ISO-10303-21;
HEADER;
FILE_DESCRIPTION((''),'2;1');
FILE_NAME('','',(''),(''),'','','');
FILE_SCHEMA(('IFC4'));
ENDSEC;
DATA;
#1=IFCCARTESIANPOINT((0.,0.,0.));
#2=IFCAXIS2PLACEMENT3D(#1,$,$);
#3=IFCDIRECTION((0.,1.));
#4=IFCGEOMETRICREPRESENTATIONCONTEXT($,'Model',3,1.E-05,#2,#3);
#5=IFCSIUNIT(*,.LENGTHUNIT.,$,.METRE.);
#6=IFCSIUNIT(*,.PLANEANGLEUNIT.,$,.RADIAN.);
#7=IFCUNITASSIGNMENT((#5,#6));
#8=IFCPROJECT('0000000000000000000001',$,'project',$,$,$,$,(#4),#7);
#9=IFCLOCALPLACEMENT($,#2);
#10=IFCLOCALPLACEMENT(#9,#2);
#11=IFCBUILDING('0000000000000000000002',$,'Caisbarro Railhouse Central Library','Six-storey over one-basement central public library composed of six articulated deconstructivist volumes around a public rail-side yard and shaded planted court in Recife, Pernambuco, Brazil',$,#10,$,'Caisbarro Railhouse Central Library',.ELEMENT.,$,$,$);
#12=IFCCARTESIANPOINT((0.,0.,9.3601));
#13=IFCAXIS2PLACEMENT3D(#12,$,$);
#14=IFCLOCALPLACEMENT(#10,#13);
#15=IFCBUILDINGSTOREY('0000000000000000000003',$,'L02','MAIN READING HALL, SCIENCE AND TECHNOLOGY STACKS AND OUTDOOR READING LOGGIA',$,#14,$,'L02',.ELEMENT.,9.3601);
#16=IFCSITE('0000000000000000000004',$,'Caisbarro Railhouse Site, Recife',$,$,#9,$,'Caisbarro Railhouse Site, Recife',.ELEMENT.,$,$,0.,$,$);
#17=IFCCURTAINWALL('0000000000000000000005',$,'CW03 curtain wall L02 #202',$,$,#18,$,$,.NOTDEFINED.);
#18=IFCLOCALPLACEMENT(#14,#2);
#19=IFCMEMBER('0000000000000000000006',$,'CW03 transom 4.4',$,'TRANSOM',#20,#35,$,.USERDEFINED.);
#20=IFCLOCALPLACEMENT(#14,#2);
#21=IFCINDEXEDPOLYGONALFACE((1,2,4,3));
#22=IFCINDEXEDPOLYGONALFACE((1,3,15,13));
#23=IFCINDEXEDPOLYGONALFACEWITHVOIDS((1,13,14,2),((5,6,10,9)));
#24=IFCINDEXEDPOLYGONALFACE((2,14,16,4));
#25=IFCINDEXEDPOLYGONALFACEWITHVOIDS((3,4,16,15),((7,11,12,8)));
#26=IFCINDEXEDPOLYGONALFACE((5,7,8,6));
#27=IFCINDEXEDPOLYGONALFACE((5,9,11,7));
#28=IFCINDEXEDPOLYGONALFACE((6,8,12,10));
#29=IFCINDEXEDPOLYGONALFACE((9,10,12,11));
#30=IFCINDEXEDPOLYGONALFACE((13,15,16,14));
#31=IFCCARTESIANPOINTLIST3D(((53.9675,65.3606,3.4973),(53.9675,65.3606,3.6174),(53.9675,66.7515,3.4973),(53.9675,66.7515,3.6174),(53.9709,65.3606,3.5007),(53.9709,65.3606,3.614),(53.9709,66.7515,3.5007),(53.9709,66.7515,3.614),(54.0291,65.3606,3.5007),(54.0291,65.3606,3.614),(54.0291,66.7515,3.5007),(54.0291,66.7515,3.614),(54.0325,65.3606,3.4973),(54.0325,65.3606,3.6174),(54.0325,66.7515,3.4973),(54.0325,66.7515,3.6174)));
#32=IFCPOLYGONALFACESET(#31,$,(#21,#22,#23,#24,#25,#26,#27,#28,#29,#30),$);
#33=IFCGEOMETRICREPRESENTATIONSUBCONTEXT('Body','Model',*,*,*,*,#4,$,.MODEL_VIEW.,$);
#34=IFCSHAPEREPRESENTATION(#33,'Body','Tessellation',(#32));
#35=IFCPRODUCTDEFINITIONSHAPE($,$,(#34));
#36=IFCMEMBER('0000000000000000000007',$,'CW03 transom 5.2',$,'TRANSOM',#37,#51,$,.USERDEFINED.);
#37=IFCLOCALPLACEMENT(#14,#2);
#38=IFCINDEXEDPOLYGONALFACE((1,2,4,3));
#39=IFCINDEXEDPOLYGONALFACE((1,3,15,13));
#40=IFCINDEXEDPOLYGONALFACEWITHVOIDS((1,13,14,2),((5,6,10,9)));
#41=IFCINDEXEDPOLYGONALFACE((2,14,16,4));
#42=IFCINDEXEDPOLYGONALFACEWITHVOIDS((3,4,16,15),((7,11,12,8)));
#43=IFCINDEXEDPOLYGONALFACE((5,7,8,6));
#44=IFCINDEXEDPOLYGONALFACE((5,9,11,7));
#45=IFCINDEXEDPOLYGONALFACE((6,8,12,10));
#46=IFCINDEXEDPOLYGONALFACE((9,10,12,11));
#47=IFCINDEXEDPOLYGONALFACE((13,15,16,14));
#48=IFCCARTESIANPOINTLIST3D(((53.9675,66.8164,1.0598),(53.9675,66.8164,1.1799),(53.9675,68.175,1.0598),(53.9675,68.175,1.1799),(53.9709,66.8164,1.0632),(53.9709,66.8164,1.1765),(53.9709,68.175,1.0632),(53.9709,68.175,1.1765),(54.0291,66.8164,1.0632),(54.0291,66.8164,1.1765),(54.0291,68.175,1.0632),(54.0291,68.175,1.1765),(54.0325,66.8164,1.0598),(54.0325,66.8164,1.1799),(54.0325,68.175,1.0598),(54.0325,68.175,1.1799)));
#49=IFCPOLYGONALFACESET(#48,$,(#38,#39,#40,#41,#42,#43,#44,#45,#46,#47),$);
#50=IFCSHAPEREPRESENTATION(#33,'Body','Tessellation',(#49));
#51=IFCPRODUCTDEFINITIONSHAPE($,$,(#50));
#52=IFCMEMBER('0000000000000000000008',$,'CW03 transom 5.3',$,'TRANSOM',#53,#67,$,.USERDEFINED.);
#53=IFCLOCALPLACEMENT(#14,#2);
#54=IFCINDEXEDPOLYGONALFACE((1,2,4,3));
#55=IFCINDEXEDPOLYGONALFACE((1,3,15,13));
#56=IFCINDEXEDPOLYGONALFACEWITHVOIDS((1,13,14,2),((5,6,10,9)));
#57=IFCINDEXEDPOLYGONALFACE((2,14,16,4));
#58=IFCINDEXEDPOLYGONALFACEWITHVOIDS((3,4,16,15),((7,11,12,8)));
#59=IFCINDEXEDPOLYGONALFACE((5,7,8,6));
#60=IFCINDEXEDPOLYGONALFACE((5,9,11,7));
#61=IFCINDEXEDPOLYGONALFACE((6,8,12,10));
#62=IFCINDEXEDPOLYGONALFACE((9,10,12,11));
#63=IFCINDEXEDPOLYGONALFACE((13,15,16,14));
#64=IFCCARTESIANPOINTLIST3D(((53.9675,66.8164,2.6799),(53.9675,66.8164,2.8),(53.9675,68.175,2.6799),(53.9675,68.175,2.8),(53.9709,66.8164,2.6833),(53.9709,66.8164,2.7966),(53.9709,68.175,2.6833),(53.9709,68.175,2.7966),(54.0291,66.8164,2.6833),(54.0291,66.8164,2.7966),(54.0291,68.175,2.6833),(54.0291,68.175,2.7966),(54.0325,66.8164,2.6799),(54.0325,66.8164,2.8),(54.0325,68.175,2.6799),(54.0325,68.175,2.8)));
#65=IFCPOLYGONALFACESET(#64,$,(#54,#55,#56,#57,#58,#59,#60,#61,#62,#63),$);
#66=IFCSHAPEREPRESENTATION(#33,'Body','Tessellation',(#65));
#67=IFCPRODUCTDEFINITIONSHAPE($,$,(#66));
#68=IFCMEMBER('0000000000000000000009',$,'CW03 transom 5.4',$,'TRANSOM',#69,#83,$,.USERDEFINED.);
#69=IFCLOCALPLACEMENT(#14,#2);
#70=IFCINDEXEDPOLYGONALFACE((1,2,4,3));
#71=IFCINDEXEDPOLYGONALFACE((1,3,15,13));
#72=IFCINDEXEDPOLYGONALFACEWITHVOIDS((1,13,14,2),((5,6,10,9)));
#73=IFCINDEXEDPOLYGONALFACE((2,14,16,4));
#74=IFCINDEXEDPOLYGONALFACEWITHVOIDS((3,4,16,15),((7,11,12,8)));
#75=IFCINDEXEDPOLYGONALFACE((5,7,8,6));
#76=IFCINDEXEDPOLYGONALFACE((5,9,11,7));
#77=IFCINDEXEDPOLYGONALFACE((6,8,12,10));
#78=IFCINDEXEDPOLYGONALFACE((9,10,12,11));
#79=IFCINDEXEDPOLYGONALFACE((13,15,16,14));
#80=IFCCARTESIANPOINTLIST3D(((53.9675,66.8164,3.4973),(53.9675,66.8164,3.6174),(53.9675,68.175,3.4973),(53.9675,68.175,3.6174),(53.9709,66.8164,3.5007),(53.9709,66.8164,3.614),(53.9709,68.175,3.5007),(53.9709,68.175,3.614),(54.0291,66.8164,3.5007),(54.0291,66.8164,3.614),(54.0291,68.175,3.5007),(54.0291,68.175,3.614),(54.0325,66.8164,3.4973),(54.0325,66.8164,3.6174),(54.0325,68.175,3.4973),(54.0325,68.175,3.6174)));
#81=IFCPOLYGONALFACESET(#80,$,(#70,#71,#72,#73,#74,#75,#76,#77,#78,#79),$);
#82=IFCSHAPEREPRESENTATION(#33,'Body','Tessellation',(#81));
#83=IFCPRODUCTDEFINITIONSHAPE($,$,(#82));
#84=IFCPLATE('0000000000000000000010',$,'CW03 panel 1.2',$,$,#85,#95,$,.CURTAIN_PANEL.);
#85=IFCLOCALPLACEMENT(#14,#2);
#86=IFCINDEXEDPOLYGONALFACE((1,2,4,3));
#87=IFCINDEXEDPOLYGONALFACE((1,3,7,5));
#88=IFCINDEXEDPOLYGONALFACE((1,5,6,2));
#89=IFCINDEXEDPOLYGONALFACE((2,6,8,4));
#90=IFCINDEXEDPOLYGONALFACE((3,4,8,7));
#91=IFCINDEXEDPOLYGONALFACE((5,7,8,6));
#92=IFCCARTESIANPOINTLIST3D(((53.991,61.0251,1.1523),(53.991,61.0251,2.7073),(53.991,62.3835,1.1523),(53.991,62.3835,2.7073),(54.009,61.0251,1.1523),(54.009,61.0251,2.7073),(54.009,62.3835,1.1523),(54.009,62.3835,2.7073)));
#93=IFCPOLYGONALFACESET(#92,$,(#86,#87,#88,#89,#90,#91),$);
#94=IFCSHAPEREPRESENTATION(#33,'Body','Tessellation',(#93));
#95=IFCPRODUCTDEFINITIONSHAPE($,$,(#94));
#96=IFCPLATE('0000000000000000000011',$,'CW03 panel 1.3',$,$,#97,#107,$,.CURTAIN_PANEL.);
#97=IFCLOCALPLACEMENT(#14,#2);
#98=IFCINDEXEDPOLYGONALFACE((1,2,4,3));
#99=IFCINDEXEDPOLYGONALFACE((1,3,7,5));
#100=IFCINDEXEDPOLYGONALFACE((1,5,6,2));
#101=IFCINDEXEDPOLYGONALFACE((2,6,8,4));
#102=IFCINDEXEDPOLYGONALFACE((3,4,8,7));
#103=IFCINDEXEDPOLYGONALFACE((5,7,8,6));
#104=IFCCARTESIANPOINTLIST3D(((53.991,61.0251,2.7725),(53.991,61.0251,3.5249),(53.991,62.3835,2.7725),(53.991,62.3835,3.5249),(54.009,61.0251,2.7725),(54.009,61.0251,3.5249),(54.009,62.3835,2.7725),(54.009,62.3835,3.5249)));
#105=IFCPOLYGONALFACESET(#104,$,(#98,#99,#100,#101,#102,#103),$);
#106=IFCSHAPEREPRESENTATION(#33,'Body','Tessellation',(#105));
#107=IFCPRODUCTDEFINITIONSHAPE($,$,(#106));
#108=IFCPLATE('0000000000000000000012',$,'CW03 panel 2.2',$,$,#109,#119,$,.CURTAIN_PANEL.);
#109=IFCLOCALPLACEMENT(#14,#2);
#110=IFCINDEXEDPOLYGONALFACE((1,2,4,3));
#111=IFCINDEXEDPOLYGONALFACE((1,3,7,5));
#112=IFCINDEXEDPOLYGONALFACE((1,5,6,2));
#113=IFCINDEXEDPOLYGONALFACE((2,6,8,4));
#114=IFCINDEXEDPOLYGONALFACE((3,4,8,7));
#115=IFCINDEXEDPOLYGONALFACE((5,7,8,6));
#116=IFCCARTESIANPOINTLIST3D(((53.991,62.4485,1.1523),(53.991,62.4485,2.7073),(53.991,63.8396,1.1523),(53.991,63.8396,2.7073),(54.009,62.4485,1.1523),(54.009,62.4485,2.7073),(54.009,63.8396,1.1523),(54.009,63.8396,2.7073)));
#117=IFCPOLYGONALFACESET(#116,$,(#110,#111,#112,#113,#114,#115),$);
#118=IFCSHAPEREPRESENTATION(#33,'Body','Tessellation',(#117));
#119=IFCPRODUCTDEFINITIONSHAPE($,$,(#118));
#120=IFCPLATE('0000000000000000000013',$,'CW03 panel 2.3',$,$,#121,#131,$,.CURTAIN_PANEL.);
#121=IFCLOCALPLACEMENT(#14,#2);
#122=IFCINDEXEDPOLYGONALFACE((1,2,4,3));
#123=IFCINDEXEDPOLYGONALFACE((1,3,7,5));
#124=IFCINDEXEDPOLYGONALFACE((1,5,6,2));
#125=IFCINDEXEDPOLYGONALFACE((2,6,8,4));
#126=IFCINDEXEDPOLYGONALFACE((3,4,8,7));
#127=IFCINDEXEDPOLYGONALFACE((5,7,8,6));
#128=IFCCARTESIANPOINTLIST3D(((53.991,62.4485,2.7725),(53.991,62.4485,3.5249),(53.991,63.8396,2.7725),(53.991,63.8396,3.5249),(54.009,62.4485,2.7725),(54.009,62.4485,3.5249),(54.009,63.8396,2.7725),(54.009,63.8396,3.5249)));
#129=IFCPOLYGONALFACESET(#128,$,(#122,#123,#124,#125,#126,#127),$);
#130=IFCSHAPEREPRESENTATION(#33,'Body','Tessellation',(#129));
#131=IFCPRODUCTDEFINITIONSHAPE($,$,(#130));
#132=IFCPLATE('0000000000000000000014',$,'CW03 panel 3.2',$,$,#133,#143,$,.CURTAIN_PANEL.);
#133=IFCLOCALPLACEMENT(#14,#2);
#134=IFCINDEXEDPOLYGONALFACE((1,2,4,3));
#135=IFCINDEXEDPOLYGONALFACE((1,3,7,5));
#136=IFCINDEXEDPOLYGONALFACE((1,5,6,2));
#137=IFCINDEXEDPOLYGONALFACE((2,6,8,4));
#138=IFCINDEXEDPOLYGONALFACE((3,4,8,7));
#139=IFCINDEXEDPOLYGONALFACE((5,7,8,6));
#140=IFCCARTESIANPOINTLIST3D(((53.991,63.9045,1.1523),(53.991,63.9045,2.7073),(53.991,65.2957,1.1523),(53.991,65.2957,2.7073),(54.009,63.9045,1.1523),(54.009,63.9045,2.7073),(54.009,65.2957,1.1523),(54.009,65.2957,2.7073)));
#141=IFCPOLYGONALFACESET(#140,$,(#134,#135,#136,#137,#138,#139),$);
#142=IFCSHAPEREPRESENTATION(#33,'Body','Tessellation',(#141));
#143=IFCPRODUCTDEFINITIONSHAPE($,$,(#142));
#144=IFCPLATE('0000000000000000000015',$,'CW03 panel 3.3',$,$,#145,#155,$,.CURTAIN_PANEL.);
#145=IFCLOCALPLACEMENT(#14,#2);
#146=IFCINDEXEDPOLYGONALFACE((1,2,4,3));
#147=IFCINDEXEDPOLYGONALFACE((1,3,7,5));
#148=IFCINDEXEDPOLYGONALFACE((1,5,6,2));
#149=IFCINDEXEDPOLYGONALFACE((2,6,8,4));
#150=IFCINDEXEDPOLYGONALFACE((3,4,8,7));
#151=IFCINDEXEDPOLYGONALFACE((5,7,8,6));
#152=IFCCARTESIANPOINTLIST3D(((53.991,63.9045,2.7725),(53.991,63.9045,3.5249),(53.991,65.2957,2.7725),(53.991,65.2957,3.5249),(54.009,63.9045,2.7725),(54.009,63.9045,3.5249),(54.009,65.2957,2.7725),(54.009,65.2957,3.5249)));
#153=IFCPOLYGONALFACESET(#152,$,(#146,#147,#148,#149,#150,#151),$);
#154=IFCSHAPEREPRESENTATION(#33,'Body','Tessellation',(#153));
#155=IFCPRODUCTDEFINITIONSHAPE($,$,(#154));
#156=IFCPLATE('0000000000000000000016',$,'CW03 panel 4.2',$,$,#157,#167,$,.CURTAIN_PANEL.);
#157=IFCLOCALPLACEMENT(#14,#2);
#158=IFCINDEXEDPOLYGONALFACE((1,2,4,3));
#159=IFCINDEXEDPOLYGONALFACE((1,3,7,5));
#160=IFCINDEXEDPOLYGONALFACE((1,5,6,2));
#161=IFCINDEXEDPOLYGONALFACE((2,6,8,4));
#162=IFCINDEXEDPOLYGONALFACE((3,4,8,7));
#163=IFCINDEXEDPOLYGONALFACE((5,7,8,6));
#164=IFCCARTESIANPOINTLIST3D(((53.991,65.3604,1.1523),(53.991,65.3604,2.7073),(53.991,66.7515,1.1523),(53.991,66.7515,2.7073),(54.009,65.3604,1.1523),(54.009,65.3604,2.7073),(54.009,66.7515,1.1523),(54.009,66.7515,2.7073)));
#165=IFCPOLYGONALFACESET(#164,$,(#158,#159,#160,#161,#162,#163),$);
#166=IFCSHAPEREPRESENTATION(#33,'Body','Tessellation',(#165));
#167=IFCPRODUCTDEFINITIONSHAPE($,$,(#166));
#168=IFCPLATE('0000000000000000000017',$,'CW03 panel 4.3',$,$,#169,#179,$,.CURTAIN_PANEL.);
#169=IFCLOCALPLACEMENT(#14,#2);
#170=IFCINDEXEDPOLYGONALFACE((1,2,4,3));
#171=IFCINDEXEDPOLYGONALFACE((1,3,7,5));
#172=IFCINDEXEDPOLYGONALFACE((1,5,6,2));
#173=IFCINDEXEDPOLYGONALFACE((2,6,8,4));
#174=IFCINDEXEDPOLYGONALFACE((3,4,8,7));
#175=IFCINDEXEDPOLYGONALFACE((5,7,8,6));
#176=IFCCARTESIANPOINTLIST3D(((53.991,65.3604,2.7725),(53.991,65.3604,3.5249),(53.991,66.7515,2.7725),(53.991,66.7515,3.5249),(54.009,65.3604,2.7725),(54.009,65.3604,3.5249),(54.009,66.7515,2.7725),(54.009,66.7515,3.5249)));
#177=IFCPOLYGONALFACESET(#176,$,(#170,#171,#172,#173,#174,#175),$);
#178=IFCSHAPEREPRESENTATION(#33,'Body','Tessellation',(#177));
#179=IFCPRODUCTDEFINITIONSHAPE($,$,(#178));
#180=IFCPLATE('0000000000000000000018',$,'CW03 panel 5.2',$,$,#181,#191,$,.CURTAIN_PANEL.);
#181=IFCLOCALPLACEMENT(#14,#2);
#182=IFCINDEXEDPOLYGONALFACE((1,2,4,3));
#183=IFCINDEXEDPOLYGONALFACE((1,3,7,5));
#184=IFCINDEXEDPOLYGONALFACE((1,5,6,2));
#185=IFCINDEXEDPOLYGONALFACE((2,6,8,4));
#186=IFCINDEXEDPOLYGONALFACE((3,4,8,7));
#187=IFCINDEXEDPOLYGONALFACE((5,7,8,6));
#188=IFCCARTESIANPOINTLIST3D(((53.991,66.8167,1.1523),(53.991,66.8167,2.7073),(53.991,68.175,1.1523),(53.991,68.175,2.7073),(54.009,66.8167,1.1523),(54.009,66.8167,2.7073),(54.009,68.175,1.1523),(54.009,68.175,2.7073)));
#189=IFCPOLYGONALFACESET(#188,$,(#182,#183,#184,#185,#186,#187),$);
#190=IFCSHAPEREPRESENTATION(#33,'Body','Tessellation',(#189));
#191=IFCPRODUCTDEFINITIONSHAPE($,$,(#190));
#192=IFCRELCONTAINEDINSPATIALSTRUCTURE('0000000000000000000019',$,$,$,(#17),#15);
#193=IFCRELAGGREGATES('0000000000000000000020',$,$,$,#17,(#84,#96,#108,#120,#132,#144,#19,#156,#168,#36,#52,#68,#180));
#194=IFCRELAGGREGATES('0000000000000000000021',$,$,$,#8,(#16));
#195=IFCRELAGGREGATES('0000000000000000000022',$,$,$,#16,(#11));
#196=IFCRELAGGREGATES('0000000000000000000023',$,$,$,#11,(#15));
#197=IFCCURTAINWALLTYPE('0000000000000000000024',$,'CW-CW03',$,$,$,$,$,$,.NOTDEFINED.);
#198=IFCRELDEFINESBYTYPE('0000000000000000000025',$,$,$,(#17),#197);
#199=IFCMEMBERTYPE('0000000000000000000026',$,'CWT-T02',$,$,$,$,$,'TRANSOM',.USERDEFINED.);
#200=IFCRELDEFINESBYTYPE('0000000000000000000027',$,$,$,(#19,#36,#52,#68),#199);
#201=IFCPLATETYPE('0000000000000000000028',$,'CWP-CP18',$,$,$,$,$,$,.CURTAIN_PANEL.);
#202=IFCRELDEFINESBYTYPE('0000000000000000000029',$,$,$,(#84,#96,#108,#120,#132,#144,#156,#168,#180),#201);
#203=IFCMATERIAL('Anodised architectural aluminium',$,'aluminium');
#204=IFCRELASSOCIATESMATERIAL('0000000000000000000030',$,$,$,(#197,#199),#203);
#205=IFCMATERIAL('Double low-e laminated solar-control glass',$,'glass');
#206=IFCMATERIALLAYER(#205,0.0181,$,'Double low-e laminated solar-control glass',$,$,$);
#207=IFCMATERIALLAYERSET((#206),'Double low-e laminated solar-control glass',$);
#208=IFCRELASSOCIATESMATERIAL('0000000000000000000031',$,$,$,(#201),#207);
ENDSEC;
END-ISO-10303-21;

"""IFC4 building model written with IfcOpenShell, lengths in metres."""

from ifc_helpers import new_model, si_unit, direction, frame, origin, origin_2d, place, context, subcontext, project, spatial, rectangle, hollow_rectangle, extrude, material, layer, layer_set, material_profile, profile_set, type_object, element, aggregate, save


model = new_model("IFC4")

# Units and contexts
model_context = context("Model", 3, precision=1e-05, world=origin(), true_north=direction((0.0, 1.0)))
body_context = subcontext(model_context, "Body", "Model", "MODEL_VIEW")
ifc_project = project(units=[si_unit("LENGTHUNIT", "METRE"), si_unit("PLANEANGLEUNIT", "RADIAN")], contexts=[model_context])

# Site, building, storey
site_placement = place(None, origin())
site = spatial("IfcSite", under=ifc_project, at=site_placement, Name="Caisbarro Railhouse Site, Recife", LongName="Caisbarro Railhouse Site, Recife", CompositionType="ELEMENT", RefElevation=0.0)
building_placement = place(site_placement, origin())
building = spatial("IfcBuilding", under=site, at=building_placement, Name="Caisbarro Railhouse Central Library", Description="Six-storey over one-basement central public library composed of six articulated deconstructivist volumes around a public rail-side yard and shaded planted court in Recife, Pernambuco, Brazil", LongName="Caisbarro Railhouse Central Library", CompositionType="ELEMENT")
storey_placement = place(building_placement, frame((0.0, 0.0, 9.3601)))
storey = spatial("IfcBuildingStorey", under=building, at=storey_placement, Name="L02", Description="MAIN READING HALL, SCIENCE AND TECHNOLOGY STACKS AND OUTDOOR READING LOGGIA", LongName="L02", CompositionType="ELEMENT", Elevation=9.3601)

# Shared definitions
ifc_material_1 = material(Name="Anodised architectural aluminium", Category="aluminium")

# Curtain wall, members, plates
curtain_wall_type_1 = type_object("IfcCurtainWallType", Name="CW-CW03", PredefinedType="NOTDEFINED", material=ifc_material_1)
curtain_wall_1_placement = place(storey_placement, origin())
curtain_wall_1 = element("IfcCurtainWall", 1, at=curtain_wall_1_placement, inside=storey, type_object=curtain_wall_type_1, Name="CW03 curtain wall L02 #202", PredefinedType="NOTDEFINED")
ifc_material_profile_1 = material_profile(ifc_material_1, hollow_rectangle(XDim=0.0649, YDim=0.1201, WallThickness=0.0034, at=origin_2d()), Name="ALU-TRN-65X120")
ifc_profile_set_1 = profile_set([ifc_material_profile_1], Name="Anodised architectural aluminium")
member_type_1 = type_object("IfcMemberType", Name="CWT-T02", ElementType="TRANSOM", PredefinedType="USERDEFINED", material=ifc_profile_set_1)
member_1_placement = place(storey_placement, frame((54.0, 65.3606, 3.5574), z_axis=(0.0, 1.0, 0.0), x_axis=(-1.0, 0.0, 0.0)))
member_1 = element("IfcMember", 2, at=member_1_placement, type_object=member_type_1, Name="CW03 transom 4.4", ObjectType="TRANSOM", PredefinedType="USERDEFINED", context=body_context, shape_type="SweptSolid", body=[
    extrude(hollow_rectangle(XDim=0.0649, YDim=0.1201, WallThickness=0.0034, at=origin_2d()), origin(), (0.0, 0.0, 1.0), 1.3909),
])
member_2_placement = place(storey_placement, frame((54.0, 66.8164, 1.1199), z_axis=(0.0, 1.0, 0.0), x_axis=(-1.0, 0.0, 0.0)))
member_2 = element("IfcMember", 3, at=member_2_placement, type_object=member_type_1, Name="CW03 transom 5.2", ObjectType="TRANSOM", PredefinedType="USERDEFINED", context=body_context, shape_type="SweptSolid", body=[
    extrude(hollow_rectangle(XDim=0.0649, YDim=0.1201, WallThickness=0.0034, at=origin_2d()), origin(), (0.0, 0.0, 1.0), 1.3586),
])
member_3_placement = place(storey_placement, frame((54.0, 66.8164, 2.74), z_axis=(0.0, 1.0, 0.0), x_axis=(-1.0, 0.0, 0.0)))
member_3 = element("IfcMember", 4, at=member_3_placement, type_object=member_type_1, Name="CW03 transom 5.3", ObjectType="TRANSOM", PredefinedType="USERDEFINED", context=body_context, shape_type="SweptSolid", body=[
    extrude(hollow_rectangle(XDim=0.0649, YDim=0.1201, WallThickness=0.0034, at=origin_2d()), origin(), (0.0, 0.0, 1.0), 1.3586),
])
member_4_placement = place(storey_placement, frame((54.0, 66.8164, 3.5574), z_axis=(0.0, 1.0, 0.0), x_axis=(-1.0, 0.0, 0.0)))
member_4 = element("IfcMember", 5, at=member_4_placement, type_object=member_type_1, Name="CW03 transom 5.4", ObjectType="TRANSOM", PredefinedType="USERDEFINED", context=body_context, shape_type="SweptSolid", body=[
    extrude(hollow_rectangle(XDim=0.0649, YDim=0.1201, WallThickness=0.0034, at=origin_2d()), origin(), (0.0, 0.0, 1.0), 1.3586),
])
ifc_material_2 = material(Name="Double low-e laminated solar-control glass", Category="glass")
ifc_layer_1 = layer(ifc_material_2, 0.0181, Name="Double low-e laminated solar-control glass")
ifc_layer_set_1 = layer_set([ifc_layer_1], Name="Double low-e laminated solar-control glass")
plate_type_1 = type_object("IfcPlateType", Name="CWP-CP18", PredefinedType="CURTAIN_PANEL", material=ifc_layer_set_1)
plate_1_placement = place(storey_placement, frame((54.0, 61.7043, 1.1523), z_axis=(0.0, 0.0, 1.0), x_axis=(0.0, 1.0, 0.0)))
plate_1 = element("IfcPlate", 6, at=plate_1_placement, type_object=plate_type_1, Name="CW03 panel 1.2", PredefinedType="CURTAIN_PANEL", context=body_context, shape_type="SweptSolid", body=[
    extrude(rectangle(XDim=1.3584, YDim=0.0181, at=origin_2d()), origin(), (0.0, 0.0, 1.0), 1.5549),
])
plate_2_placement = place(storey_placement, frame((54.0, 61.7043, 2.7725), z_axis=(0.0, 0.0, 1.0), x_axis=(0.0, 1.0, 0.0)))
plate_2 = element("IfcPlate", 7, at=plate_2_placement, type_object=plate_type_1, Name="CW03 panel 1.3", PredefinedType="CURTAIN_PANEL", context=body_context, shape_type="SweptSolid", body=[
    extrude(rectangle(XDim=1.3584, YDim=0.0181, at=origin_2d()), origin(), (0.0, 0.0, 1.0), 0.7524),
])
plate_3_placement = place(storey_placement, frame((54.0, 63.144, 1.1523), z_axis=(0.0, 0.0, 1.0), x_axis=(0.0, 1.0, 0.0)))
plate_3 = element("IfcPlate", 8, at=plate_3_placement, type_object=plate_type_1, Name="CW03 panel 2.2", PredefinedType="CURTAIN_PANEL", context=body_context, shape_type="SweptSolid", body=[
    extrude(rectangle(XDim=1.3911, YDim=0.0181, at=origin_2d()), origin(), (0.0, 0.0, 1.0), 1.5549),
])
plate_4_placement = place(storey_placement, frame((54.0, 63.144, 2.7725), z_axis=(0.0, 0.0, 1.0), x_axis=(0.0, 1.0, 0.0)))
plate_4 = element("IfcPlate", 9, at=plate_4_placement, type_object=plate_type_1, Name="CW03 panel 2.3", PredefinedType="CURTAIN_PANEL", context=body_context, shape_type="SweptSolid", body=[
    extrude(rectangle(XDim=1.3911, YDim=0.0181, at=origin_2d()), origin(), (0.0, 0.0, 1.0), 0.7524),
])
plate_5_placement = place(storey_placement, frame((54.0, 64.6001, 1.1523), z_axis=(0.0, 0.0, 1.0), x_axis=(0.0, 1.0, 0.0)))
plate_5 = element("IfcPlate", 10, at=plate_5_placement, type_object=plate_type_1, Name="CW03 panel 3.2", PredefinedType="CURTAIN_PANEL", context=body_context, shape_type="SweptSolid", body=[
    extrude(rectangle(XDim=1.3911, YDim=0.0181, at=origin_2d()), origin(), (0.0, 0.0, 1.0), 1.5549),
])
plate_6_placement = place(storey_placement, frame((54.0, 64.6001, 2.7725), z_axis=(0.0, 0.0, 1.0), x_axis=(0.0, 1.0, 0.0)))
plate_6 = element("IfcPlate", 11, at=plate_6_placement, type_object=plate_type_1, Name="CW03 panel 3.3", PredefinedType="CURTAIN_PANEL", context=body_context, shape_type="SweptSolid", body=[
    extrude(rectangle(XDim=1.3911, YDim=0.0181, at=origin_2d()), origin(), (0.0, 0.0, 1.0), 0.7524),
])
plate_7_placement = place(storey_placement, frame((54.0, 66.0559, 1.1523), z_axis=(0.0, 0.0, 1.0), x_axis=(0.0, 1.0, 0.0)))
plate_7 = element("IfcPlate", 12, at=plate_7_placement, type_object=plate_type_1, Name="CW03 panel 4.2", PredefinedType="CURTAIN_PANEL", context=body_context, shape_type="SweptSolid", body=[
    extrude(rectangle(XDim=1.3911, YDim=0.0181, at=origin_2d()), origin(), (0.0, 0.0, 1.0), 1.5549),
])
plate_8_placement = place(storey_placement, frame((54.0, 66.0559, 2.7725), z_axis=(0.0, 0.0, 1.0), x_axis=(0.0, 1.0, 0.0)))
plate_8 = element("IfcPlate", 13, at=plate_8_placement, type_object=plate_type_1, Name="CW03 panel 4.3", PredefinedType="CURTAIN_PANEL", context=body_context, shape_type="SweptSolid", body=[
    extrude(rectangle(XDim=1.3911, YDim=0.0181, at=origin_2d()), origin(), (0.0, 0.0, 1.0), 0.7524),
])
plate_9_placement = place(storey_placement, frame((54.0, 67.4958, 1.1523), z_axis=(0.0, 0.0, 1.0), x_axis=(0.0, 1.0, 0.0)))
plate_9 = element("IfcPlate", 14, at=plate_9_placement, type_object=plate_type_1, Name="CW03 panel 5.2", PredefinedType="CURTAIN_PANEL", context=body_context, shape_type="SweptSolid", body=[
    extrude(rectangle(XDim=1.3584, YDim=0.0181, at=origin_2d()), origin(), (0.0, 0.0, 1.0), 1.5549),
])
aggregate(curtain_wall_1, [plate_1, plate_2, plate_3, plate_4, plate_5, plate_6, member_1, plate_7, plate_8, member_2, member_3, member_4, plate_9])

save(model, "model.ifc")
